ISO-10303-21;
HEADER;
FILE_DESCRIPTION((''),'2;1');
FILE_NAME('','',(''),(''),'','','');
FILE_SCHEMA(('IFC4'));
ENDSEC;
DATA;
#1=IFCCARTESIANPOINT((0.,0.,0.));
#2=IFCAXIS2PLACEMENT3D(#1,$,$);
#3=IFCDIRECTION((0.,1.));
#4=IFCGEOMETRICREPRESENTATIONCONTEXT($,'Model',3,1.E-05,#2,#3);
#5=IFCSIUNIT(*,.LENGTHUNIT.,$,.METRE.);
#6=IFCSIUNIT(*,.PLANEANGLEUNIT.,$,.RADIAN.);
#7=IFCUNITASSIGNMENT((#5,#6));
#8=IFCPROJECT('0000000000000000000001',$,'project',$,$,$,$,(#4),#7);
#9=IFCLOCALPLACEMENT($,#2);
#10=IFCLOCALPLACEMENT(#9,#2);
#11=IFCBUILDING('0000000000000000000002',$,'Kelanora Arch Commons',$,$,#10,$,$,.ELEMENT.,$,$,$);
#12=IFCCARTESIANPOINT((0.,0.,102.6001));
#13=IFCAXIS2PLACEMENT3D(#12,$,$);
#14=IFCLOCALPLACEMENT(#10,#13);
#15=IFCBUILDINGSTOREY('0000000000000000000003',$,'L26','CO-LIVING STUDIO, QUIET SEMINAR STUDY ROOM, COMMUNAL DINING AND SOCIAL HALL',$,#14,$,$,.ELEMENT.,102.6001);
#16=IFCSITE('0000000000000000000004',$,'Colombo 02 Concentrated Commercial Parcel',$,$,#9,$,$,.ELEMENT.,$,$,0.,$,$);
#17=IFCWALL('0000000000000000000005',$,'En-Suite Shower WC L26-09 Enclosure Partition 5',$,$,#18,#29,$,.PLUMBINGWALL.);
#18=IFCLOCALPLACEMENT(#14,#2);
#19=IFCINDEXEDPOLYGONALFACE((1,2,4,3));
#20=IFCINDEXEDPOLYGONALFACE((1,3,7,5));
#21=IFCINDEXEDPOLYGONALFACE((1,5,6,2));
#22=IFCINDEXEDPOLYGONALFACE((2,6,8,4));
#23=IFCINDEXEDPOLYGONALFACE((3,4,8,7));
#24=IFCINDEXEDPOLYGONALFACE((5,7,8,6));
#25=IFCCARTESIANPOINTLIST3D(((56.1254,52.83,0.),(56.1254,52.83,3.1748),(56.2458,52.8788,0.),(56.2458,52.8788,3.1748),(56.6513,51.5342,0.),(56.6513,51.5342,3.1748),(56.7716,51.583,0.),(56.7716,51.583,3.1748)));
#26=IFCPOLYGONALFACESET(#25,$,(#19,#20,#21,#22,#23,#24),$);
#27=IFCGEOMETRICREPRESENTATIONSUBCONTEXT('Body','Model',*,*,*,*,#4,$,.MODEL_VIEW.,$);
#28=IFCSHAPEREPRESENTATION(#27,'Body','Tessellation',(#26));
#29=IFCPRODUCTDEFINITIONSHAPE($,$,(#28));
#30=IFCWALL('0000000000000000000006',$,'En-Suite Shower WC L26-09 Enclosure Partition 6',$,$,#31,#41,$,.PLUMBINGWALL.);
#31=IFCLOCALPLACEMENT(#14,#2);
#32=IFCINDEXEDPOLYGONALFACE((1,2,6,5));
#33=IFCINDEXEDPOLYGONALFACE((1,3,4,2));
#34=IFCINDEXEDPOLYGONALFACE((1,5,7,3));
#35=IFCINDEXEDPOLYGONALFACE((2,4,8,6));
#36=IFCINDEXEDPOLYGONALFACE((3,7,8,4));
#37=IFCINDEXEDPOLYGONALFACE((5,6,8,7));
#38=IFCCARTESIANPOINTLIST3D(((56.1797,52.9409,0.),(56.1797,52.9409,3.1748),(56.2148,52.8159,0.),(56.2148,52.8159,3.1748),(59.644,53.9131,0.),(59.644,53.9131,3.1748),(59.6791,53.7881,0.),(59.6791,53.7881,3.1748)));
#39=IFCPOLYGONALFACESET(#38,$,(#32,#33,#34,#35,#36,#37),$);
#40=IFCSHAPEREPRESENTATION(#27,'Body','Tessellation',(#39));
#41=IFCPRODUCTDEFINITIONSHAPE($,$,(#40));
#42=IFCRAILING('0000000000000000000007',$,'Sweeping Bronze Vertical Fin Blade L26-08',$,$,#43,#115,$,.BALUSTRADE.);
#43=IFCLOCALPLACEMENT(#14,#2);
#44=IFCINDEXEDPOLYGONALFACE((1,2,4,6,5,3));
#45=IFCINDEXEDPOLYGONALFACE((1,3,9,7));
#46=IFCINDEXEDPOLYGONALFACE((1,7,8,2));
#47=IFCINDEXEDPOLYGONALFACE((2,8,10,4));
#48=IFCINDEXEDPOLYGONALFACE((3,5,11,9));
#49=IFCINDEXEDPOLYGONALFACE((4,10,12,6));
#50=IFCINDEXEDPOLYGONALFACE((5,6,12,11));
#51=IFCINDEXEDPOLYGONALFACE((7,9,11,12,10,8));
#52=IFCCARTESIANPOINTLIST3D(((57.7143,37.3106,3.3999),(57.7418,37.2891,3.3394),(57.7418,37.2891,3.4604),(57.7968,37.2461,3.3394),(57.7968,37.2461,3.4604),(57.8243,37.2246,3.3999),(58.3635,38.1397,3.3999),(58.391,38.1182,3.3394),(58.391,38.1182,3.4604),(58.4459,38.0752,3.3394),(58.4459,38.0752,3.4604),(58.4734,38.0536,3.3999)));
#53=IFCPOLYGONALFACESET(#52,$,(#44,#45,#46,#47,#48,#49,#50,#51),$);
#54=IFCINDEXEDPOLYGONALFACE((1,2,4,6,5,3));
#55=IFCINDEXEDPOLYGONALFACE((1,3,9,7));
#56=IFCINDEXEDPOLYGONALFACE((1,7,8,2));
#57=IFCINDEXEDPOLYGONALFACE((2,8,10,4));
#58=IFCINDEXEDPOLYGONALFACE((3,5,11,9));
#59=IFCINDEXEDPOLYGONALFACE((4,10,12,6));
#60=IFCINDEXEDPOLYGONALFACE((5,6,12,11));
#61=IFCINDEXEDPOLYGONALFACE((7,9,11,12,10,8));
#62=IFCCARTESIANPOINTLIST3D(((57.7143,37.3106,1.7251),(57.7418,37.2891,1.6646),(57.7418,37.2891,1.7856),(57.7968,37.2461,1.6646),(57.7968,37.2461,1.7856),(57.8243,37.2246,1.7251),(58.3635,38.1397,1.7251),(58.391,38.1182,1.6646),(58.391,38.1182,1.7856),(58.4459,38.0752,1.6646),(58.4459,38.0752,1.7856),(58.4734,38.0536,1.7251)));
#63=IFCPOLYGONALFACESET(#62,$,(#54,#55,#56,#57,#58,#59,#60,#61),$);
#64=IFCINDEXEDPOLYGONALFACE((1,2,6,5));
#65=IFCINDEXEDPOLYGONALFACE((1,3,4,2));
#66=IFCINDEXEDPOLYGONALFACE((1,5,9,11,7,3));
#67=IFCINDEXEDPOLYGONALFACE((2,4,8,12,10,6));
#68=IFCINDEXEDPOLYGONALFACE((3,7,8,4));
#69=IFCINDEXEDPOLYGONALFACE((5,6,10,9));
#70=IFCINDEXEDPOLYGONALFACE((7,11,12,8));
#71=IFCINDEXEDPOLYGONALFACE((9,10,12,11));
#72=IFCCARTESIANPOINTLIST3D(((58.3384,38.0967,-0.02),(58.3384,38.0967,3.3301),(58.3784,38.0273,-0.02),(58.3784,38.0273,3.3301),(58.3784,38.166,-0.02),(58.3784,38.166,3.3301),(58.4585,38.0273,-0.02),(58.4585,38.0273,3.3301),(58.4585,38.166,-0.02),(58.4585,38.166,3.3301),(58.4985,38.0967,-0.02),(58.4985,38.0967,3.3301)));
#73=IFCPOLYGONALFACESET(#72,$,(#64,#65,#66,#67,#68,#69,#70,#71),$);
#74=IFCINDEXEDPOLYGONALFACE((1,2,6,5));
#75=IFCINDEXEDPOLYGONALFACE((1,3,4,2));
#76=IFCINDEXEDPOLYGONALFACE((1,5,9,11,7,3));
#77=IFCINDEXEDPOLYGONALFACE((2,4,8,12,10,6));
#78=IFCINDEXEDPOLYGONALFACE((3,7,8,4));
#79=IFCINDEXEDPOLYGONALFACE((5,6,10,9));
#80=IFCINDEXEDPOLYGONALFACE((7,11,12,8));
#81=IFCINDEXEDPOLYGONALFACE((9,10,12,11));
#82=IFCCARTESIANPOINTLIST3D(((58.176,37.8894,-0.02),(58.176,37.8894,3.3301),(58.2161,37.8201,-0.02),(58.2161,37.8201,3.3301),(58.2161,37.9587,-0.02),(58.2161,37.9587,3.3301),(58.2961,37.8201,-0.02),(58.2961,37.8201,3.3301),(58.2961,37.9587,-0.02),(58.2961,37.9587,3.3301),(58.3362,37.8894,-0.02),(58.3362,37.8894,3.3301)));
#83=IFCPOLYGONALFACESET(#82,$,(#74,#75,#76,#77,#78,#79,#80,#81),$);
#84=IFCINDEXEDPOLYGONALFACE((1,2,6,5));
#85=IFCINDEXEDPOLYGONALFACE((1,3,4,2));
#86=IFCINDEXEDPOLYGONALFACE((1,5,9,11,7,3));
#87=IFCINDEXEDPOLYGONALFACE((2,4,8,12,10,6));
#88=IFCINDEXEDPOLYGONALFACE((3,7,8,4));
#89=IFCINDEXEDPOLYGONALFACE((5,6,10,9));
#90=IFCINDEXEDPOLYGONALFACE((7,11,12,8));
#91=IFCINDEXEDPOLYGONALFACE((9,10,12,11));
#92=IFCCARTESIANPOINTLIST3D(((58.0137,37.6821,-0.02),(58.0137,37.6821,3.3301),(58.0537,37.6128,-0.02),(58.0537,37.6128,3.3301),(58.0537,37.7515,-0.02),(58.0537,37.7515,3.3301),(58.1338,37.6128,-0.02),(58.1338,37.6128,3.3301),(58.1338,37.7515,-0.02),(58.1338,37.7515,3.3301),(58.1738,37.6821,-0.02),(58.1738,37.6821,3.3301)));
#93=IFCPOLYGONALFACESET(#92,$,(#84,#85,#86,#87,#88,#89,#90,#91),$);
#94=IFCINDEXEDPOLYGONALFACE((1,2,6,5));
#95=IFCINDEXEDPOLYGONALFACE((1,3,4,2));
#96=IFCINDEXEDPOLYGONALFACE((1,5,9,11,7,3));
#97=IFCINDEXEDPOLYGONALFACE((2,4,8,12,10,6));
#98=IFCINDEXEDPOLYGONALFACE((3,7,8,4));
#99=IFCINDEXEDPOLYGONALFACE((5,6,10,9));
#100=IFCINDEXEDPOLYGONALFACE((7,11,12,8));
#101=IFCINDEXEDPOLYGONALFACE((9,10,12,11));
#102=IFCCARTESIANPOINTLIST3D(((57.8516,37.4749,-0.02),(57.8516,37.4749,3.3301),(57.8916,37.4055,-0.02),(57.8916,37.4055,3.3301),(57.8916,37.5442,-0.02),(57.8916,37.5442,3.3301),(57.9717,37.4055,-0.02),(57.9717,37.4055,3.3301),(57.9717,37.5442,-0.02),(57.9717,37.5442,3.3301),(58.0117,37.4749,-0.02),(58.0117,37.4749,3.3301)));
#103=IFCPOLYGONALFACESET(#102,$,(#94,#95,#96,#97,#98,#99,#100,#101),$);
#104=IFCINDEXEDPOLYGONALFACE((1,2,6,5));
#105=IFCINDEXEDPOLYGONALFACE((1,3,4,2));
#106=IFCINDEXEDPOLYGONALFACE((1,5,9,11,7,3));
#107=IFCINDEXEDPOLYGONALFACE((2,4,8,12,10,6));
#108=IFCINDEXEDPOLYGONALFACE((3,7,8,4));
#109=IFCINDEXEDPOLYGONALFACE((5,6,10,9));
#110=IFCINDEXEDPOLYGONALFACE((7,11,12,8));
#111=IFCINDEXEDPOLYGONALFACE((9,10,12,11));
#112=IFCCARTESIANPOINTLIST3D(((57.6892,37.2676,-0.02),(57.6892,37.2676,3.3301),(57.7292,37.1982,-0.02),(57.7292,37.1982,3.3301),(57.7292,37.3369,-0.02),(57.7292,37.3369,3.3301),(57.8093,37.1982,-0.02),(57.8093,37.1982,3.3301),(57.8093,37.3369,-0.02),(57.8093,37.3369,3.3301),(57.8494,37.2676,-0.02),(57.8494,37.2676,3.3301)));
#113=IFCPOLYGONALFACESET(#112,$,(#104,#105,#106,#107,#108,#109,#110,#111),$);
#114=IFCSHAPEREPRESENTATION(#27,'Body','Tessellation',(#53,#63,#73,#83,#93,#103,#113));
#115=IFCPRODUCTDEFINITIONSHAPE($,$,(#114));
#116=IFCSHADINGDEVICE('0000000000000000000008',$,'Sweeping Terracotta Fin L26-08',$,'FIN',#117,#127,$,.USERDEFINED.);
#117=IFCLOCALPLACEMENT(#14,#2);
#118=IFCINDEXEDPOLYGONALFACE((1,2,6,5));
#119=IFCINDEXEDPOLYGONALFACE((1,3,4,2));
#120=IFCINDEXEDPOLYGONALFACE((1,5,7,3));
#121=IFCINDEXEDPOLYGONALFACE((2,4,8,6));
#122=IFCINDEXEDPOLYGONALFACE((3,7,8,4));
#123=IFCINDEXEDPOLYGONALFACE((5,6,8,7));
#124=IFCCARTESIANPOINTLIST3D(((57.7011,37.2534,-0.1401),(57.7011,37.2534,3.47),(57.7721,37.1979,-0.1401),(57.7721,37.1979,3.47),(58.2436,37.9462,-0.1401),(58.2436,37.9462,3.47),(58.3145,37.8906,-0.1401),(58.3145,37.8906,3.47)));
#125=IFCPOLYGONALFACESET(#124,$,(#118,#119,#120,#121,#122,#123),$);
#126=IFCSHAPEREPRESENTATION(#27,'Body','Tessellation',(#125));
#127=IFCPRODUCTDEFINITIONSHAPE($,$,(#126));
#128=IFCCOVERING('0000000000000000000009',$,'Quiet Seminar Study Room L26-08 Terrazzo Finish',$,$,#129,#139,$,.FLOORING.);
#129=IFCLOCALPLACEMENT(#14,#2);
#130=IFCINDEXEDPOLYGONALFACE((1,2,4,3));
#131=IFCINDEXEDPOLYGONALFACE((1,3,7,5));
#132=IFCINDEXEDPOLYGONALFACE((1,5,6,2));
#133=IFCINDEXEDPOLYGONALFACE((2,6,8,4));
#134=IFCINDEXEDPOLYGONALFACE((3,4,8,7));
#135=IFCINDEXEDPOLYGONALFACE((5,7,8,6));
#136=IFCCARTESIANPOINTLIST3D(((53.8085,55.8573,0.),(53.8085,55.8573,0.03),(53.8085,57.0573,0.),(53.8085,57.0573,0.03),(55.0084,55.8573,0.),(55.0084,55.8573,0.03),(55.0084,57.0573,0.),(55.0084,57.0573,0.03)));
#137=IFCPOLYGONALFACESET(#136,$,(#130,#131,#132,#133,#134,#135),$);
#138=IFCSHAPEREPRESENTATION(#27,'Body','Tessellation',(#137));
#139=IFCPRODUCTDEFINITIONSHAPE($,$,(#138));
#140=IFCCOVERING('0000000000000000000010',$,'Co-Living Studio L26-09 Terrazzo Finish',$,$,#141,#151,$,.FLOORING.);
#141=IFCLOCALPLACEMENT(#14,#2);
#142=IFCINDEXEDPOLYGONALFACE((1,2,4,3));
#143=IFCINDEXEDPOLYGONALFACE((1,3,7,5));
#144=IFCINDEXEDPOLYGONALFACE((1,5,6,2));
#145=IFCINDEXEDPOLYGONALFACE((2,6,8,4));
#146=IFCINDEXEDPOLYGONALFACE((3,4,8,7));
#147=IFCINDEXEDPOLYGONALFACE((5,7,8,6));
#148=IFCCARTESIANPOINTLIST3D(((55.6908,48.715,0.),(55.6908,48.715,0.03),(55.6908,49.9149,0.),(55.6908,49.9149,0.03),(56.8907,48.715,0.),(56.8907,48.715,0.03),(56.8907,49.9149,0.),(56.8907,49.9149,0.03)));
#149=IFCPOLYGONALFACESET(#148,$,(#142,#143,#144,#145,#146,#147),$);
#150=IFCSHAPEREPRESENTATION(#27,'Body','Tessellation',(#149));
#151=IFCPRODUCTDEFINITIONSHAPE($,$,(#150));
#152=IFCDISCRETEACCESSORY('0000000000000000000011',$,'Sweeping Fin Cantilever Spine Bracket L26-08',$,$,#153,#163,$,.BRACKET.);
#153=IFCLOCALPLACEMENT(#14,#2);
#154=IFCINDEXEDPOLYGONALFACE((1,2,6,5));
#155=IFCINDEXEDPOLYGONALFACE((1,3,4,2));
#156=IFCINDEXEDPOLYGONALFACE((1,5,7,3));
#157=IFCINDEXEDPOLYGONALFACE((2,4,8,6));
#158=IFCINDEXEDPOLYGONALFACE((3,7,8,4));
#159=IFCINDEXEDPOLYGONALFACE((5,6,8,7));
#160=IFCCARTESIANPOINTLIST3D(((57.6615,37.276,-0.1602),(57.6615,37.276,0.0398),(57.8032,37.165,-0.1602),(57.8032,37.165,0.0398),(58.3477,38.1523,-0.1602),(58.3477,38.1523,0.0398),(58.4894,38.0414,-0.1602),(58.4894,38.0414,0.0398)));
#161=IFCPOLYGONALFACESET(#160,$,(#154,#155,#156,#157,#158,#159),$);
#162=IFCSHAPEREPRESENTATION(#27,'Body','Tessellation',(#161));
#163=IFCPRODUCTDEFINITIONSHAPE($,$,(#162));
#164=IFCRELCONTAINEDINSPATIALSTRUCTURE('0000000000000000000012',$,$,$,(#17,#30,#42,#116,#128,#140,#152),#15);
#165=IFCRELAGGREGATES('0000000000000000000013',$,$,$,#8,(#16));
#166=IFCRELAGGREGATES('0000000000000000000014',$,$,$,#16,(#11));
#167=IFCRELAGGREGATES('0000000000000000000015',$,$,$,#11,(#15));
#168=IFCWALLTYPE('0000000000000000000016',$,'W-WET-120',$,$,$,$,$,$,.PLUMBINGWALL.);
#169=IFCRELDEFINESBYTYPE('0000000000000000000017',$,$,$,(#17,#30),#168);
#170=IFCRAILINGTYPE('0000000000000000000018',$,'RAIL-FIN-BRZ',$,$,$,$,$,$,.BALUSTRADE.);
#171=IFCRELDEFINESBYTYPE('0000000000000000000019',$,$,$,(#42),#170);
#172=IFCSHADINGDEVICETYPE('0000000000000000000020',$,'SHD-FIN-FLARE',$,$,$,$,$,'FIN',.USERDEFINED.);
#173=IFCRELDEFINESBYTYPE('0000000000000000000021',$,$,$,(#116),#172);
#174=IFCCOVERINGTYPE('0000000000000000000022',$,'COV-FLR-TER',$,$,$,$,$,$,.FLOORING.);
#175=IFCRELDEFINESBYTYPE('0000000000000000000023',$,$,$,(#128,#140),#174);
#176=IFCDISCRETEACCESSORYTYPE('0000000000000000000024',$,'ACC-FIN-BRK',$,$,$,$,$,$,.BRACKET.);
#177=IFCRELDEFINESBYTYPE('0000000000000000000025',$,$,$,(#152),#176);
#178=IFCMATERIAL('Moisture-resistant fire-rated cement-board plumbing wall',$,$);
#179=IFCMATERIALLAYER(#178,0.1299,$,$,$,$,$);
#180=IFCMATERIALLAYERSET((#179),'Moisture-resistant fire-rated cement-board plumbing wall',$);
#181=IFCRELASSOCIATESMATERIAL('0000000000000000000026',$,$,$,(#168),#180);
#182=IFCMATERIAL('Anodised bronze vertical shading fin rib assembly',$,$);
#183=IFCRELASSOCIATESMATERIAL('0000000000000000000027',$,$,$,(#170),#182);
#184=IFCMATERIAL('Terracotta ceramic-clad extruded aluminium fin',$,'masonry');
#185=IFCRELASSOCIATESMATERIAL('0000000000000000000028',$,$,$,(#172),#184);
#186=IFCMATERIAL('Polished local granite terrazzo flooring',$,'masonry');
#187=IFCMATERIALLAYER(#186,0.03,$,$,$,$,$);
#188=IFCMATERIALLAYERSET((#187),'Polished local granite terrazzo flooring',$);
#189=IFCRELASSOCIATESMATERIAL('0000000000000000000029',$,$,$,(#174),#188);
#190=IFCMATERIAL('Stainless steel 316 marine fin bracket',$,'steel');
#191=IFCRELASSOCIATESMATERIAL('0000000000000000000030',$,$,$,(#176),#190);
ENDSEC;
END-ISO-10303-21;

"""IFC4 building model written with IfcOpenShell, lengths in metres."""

from ifc_helpers import new_model, si_unit, direction, frame, frame_2d, origin, origin_2d, place, context, subcontext, project, spatial, polyline, rectangle, outline, extrude, source, transform, mapped, material, layer, layer_set, type_object, element, save


model = new_model("IFC4")

# Units and contexts
model_context = context("Model", 3, precision=1e-05, world=origin(), true_north=direction((0.0, 1.0)))
body_context = subcontext(model_context, "Body", "Model", "MODEL_VIEW")
ifc_project = project(units=[si_unit("LENGTHUNIT", "METRE"), si_unit("PLANEANGLEUNIT", "RADIAN")], contexts=[model_context])

# Site, building, storey
site_placement = place(None, origin())
site = spatial("IfcSite", under=ifc_project, at=site_placement, Name="Colombo 02 Concentrated Commercial Parcel", CompositionType="ELEMENT", RefElevation=0.0)
building_placement = place(site_placement, origin())
building = spatial("IfcBuilding", under=site, at=building_placement, Name="Kelanora Arch Commons", CompositionType="ELEMENT")
storey_placement = place(building_placement, frame((0.0, 0.0, 102.6001)))
storey = spatial("IfcBuildingStorey", under=building, at=storey_placement, Name="L26", Description="CO-LIVING STUDIO, QUIET SEMINAR STUDY ROOM, COMMUNAL DINING AND SOCIAL HALL", CompositionType="ELEMENT", Elevation=102.6001)

# Shared definitions
ifc_material_1 = material(Name="Moisture-resistant fire-rated cement-board plumbing wall")
ifc_layer_1 = layer(ifc_material_1, 0.1299)
ifc_layer_set_1 = layer_set([ifc_layer_1], Name="Moisture-resistant fire-rated cement-board plumbing wall")
wall_type_1 = type_object("IfcWallType", Name="W-WET-120", PredefinedType="PLUMBINGWALL", material=ifc_layer_set_1)

# Walls
wall_1_placement = place(storey_placement, frame((56.7114, 51.5586, 0.0), z_axis=(0.0, 0.0, 1.0), x_axis=(-0.376021, 0.926611, 0.0)))
element("IfcWall", 1, at=wall_1_placement, inside=storey, type_object=wall_type_1, Name="En-Suite Shower WC L26-09 Enclosure Partition 5", PredefinedType="PLUMBINGWALL", context=body_context, shape_type="SweptSolid", body=[
    extrude(rectangle(XDim=1.3984, YDim=0.1299, at=frame_2d((0.6992, 0.0))), origin(), (0.0, 0.0, 1.0), 3.1748),
])
wall_2_placement = place(storey_placement, frame((56.1973, 52.8784, 0.0), z_axis=(0.0, 0.0, 1.0), x_axis=(0.962809, 0.270184, 0.0)))
element("IfcWall", 2, at=wall_2_placement, inside=storey, type_object=wall_type_1, Name="En-Suite Shower WC L26-09 Enclosure Partition 6", PredefinedType="PLUMBINGWALL", context=body_context, shape_type="SweptSolid", body=[
    extrude(rectangle(XDim=3.5981, YDim=0.1299, at=frame_2d((1.7991, 0.0))), origin(), (0.0, 0.0, 1.0), 3.1748),
])

# Railing
ifc_material_2 = material(Name="Anodised bronze vertical shading fin rib assembly")
railing_type = type_object("IfcRailingType", Name="RAIL-FIN-BRZ", PredefinedType="BALUSTRADE", material=ifc_material_2)
railing_placement = place(storey_placement, frame((58.4185, 38.0967, -0.02)))
element("IfcRailing", 3, at=railing_placement, inside=storey, type_object=railing_type, Name="Sweeping Bronze Vertical Fin Blade L26-08", PredefinedType="BALUSTRADE", context=body_context, shape_type="SweptSolid", body=[
    extrude(outline(polyline([(0.0698, 0.0), (0.0349, 0.0605), (-0.0349, 0.0605), (-0.0698, 0.0), (-0.0349, -0.0605), (0.0349, -0.0605), (0.0698, 0.0)])), frame((0.0, 0.0, 3.4199), z_axis=(-0.61649, -0.787363, 0.0), x_axis=(0.787363, -0.61649, 0.0)), (0.0, 0.0, 1.0), 1.053),
    extrude(outline(polyline([(0.0698, 0.0), (0.0349, 0.0605), (-0.0349, 0.0605), (-0.0698, 0.0), (-0.0349, -0.0605), (0.0349, -0.0605), (0.0698, 0.0)])), frame((0.0, 0.0, 1.7451), z_axis=(-0.61649, -0.787363, 0.0), x_axis=(0.787363, -0.61649, 0.0)), (0.0, 0.0, 1.0), 1.053),
    extrude(outline(polyline([(0.0801, 0.0), (0.04, 0.0693), (-0.04, 0.0693), (-0.0801, 0.0), (-0.04, -0.0693), (0.04, -0.0693), (0.0801, 0.0)])), origin(), (0.0, 0.0, 1.0), 3.3501),
    extrude(outline(polyline([(0.0801, 0.0), (0.04, 0.0693), (-0.04, 0.0693), (-0.0801, 0.0), (-0.04, -0.0693), (0.04, -0.0693), (0.0801, 0.0)])), frame((-0.1624, -0.2073, 0.0)), (0.0, 0.0, 1.0), 3.3501),
    extrude(outline(polyline([(0.0801, 0.0), (0.04, 0.0693), (-0.04, 0.0693), (-0.0801, 0.0), (-0.04, -0.0693), (0.04, -0.0693), (0.0801, 0.0)])), frame((-0.3247, -0.4146, 0.0)), (0.0, 0.0, 1.0), 3.3501),
    extrude(outline(polyline([(0.0801, 0.0), (0.04, 0.0693), (-0.04, 0.0693), (-0.0801, 0.0), (-0.04, -0.0693), (0.04, -0.0693), (0.0801, 0.0)])), frame((-0.4868, -0.6218, 0.0)), (0.0, 0.0, 1.0), 3.3501),
    extrude(outline(polyline([(0.0801, 0.0), (0.04, 0.0693), (-0.04, 0.0693), (-0.0801, 0.0), (-0.04, -0.0693), (0.04, -0.0693), (0.0801, 0.0)])), frame((-0.6492, -0.8291, 0.0)), (0.0, 0.0, 1.0), 3.3501),
])

# Shading device
ifc_material_3 = material(Name="Terracotta ceramic-clad extruded aluminium fin", Category="masonry")
shading_device_type = type_object("IfcShadingDeviceType", Name="SHD-FIN-FLARE", ElementType="FIN", PredefinedType="USERDEFINED", material=ifc_material_3)
shared_shape_1 = source(origin(), body_context, "Body", "SweptSolid", [
    extrude(rectangle(XDim=0.8799, YDim=0.0901, at=origin_2d()), origin(), (0.0, 0.0, 1.0), 3.6101),
])
shading_device_placement = place(storey_placement, frame((58.0078, 37.572, -0.1401), z_axis=(0.0, 0.0, 1.0), x_axis=(-0.616486, -0.787366, 0.0)))
element("IfcShadingDevice", 4, at=shading_device_placement, inside=storey, type_object=shading_device_type, Name="Sweeping Terracotta Fin L26-08", ObjectType="FIN", PredefinedType="USERDEFINED", context=body_context, shape_type="MappedRepresentation", body=[
    mapped(shared_shape_1, transform((0.0, 0.0, 0.0), scale=1.0)),
])

# Coverings
ifc_material_4 = material(Name="Polished local granite terrazzo flooring", Category="masonry")
ifc_layer_2 = layer(ifc_material_4, 0.03)
ifc_layer_set_2 = layer_set([ifc_layer_2], Name="Polished local granite terrazzo flooring")
covering_type = type_object("IfcCoveringType", Name="COV-FLR-TER", PredefinedType="FLOORING", material=ifc_layer_set_2)
shared_shape_2 = source(origin(), body_context, "Body", "SweptSolid", [
    extrude(rectangle(XDim=1.2, YDim=1.2, at=origin_2d()), origin(), (0.0, 0.0, 1.0), 0.03),
])
for number, where, z_axis, x_axis, name in (
    (5, (54.4084, 56.4573, 0.0), (0.0, 0.0, 1.0), (1.0, 0.0, 0.0), "Quiet Seminar Study Room L26-08 Terrazzo Finish"),
    (6, (56.2908, 49.3149, 0.0), (0.0, 0.0, 1.0), (1.0, 0.0, 0.0), "Co-Living Studio L26-09 Terrazzo Finish"),
):
    element("IfcCovering", number, at=place(storey_placement, frame(where, z_axis=z_axis, x_axis=x_axis)), inside=storey, type_object=covering_type, Name=name, PredefinedType="FLOORING", context=body_context, shape_type="MappedRepresentation", body=[
        mapped(shared_shape_2, transform((0.0, 0.0, 0.0), scale=1.0)),
    ])

# Discrete accessory
ifc_material_5 = material(Name="Stainless steel 316 marine fin bracket", Category="steel")
discrete_accessory_type = type_object("IfcDiscreteAccessoryType", Name="ACC-FIN-BRK", PredefinedType="BRACKET", material=ifc_material_5)
shared_shape_3 = source(origin(), body_context, "Body", "SweptSolid", [
    extrude(rectangle(XDim=1.113, YDim=0.1799, at=origin_2d()), origin(), (0.0, 0.0, 1.0), 0.2),
])
discrete_accessory_placement = place(storey_placement, frame((58.0754, 37.6587, -0.1602), z_axis=(0.0, 0.0, 1.0), x_axis=(-0.616486, -0.787366, 0.0)))
element("IfcDiscreteAccessory", 7, at=discrete_accessory_placement, inside=storey, type_object=discrete_accessory_type, Name="Sweeping Fin Cantilever Spine Bracket L26-08", PredefinedType="BRACKET", context=body_context, shape_type="MappedRepresentation", body=[
    mapped(shared_shape_3, transform((0.0, 0.0, 0.0), scale=1.0)),
])

save(model, "model.ifc")
